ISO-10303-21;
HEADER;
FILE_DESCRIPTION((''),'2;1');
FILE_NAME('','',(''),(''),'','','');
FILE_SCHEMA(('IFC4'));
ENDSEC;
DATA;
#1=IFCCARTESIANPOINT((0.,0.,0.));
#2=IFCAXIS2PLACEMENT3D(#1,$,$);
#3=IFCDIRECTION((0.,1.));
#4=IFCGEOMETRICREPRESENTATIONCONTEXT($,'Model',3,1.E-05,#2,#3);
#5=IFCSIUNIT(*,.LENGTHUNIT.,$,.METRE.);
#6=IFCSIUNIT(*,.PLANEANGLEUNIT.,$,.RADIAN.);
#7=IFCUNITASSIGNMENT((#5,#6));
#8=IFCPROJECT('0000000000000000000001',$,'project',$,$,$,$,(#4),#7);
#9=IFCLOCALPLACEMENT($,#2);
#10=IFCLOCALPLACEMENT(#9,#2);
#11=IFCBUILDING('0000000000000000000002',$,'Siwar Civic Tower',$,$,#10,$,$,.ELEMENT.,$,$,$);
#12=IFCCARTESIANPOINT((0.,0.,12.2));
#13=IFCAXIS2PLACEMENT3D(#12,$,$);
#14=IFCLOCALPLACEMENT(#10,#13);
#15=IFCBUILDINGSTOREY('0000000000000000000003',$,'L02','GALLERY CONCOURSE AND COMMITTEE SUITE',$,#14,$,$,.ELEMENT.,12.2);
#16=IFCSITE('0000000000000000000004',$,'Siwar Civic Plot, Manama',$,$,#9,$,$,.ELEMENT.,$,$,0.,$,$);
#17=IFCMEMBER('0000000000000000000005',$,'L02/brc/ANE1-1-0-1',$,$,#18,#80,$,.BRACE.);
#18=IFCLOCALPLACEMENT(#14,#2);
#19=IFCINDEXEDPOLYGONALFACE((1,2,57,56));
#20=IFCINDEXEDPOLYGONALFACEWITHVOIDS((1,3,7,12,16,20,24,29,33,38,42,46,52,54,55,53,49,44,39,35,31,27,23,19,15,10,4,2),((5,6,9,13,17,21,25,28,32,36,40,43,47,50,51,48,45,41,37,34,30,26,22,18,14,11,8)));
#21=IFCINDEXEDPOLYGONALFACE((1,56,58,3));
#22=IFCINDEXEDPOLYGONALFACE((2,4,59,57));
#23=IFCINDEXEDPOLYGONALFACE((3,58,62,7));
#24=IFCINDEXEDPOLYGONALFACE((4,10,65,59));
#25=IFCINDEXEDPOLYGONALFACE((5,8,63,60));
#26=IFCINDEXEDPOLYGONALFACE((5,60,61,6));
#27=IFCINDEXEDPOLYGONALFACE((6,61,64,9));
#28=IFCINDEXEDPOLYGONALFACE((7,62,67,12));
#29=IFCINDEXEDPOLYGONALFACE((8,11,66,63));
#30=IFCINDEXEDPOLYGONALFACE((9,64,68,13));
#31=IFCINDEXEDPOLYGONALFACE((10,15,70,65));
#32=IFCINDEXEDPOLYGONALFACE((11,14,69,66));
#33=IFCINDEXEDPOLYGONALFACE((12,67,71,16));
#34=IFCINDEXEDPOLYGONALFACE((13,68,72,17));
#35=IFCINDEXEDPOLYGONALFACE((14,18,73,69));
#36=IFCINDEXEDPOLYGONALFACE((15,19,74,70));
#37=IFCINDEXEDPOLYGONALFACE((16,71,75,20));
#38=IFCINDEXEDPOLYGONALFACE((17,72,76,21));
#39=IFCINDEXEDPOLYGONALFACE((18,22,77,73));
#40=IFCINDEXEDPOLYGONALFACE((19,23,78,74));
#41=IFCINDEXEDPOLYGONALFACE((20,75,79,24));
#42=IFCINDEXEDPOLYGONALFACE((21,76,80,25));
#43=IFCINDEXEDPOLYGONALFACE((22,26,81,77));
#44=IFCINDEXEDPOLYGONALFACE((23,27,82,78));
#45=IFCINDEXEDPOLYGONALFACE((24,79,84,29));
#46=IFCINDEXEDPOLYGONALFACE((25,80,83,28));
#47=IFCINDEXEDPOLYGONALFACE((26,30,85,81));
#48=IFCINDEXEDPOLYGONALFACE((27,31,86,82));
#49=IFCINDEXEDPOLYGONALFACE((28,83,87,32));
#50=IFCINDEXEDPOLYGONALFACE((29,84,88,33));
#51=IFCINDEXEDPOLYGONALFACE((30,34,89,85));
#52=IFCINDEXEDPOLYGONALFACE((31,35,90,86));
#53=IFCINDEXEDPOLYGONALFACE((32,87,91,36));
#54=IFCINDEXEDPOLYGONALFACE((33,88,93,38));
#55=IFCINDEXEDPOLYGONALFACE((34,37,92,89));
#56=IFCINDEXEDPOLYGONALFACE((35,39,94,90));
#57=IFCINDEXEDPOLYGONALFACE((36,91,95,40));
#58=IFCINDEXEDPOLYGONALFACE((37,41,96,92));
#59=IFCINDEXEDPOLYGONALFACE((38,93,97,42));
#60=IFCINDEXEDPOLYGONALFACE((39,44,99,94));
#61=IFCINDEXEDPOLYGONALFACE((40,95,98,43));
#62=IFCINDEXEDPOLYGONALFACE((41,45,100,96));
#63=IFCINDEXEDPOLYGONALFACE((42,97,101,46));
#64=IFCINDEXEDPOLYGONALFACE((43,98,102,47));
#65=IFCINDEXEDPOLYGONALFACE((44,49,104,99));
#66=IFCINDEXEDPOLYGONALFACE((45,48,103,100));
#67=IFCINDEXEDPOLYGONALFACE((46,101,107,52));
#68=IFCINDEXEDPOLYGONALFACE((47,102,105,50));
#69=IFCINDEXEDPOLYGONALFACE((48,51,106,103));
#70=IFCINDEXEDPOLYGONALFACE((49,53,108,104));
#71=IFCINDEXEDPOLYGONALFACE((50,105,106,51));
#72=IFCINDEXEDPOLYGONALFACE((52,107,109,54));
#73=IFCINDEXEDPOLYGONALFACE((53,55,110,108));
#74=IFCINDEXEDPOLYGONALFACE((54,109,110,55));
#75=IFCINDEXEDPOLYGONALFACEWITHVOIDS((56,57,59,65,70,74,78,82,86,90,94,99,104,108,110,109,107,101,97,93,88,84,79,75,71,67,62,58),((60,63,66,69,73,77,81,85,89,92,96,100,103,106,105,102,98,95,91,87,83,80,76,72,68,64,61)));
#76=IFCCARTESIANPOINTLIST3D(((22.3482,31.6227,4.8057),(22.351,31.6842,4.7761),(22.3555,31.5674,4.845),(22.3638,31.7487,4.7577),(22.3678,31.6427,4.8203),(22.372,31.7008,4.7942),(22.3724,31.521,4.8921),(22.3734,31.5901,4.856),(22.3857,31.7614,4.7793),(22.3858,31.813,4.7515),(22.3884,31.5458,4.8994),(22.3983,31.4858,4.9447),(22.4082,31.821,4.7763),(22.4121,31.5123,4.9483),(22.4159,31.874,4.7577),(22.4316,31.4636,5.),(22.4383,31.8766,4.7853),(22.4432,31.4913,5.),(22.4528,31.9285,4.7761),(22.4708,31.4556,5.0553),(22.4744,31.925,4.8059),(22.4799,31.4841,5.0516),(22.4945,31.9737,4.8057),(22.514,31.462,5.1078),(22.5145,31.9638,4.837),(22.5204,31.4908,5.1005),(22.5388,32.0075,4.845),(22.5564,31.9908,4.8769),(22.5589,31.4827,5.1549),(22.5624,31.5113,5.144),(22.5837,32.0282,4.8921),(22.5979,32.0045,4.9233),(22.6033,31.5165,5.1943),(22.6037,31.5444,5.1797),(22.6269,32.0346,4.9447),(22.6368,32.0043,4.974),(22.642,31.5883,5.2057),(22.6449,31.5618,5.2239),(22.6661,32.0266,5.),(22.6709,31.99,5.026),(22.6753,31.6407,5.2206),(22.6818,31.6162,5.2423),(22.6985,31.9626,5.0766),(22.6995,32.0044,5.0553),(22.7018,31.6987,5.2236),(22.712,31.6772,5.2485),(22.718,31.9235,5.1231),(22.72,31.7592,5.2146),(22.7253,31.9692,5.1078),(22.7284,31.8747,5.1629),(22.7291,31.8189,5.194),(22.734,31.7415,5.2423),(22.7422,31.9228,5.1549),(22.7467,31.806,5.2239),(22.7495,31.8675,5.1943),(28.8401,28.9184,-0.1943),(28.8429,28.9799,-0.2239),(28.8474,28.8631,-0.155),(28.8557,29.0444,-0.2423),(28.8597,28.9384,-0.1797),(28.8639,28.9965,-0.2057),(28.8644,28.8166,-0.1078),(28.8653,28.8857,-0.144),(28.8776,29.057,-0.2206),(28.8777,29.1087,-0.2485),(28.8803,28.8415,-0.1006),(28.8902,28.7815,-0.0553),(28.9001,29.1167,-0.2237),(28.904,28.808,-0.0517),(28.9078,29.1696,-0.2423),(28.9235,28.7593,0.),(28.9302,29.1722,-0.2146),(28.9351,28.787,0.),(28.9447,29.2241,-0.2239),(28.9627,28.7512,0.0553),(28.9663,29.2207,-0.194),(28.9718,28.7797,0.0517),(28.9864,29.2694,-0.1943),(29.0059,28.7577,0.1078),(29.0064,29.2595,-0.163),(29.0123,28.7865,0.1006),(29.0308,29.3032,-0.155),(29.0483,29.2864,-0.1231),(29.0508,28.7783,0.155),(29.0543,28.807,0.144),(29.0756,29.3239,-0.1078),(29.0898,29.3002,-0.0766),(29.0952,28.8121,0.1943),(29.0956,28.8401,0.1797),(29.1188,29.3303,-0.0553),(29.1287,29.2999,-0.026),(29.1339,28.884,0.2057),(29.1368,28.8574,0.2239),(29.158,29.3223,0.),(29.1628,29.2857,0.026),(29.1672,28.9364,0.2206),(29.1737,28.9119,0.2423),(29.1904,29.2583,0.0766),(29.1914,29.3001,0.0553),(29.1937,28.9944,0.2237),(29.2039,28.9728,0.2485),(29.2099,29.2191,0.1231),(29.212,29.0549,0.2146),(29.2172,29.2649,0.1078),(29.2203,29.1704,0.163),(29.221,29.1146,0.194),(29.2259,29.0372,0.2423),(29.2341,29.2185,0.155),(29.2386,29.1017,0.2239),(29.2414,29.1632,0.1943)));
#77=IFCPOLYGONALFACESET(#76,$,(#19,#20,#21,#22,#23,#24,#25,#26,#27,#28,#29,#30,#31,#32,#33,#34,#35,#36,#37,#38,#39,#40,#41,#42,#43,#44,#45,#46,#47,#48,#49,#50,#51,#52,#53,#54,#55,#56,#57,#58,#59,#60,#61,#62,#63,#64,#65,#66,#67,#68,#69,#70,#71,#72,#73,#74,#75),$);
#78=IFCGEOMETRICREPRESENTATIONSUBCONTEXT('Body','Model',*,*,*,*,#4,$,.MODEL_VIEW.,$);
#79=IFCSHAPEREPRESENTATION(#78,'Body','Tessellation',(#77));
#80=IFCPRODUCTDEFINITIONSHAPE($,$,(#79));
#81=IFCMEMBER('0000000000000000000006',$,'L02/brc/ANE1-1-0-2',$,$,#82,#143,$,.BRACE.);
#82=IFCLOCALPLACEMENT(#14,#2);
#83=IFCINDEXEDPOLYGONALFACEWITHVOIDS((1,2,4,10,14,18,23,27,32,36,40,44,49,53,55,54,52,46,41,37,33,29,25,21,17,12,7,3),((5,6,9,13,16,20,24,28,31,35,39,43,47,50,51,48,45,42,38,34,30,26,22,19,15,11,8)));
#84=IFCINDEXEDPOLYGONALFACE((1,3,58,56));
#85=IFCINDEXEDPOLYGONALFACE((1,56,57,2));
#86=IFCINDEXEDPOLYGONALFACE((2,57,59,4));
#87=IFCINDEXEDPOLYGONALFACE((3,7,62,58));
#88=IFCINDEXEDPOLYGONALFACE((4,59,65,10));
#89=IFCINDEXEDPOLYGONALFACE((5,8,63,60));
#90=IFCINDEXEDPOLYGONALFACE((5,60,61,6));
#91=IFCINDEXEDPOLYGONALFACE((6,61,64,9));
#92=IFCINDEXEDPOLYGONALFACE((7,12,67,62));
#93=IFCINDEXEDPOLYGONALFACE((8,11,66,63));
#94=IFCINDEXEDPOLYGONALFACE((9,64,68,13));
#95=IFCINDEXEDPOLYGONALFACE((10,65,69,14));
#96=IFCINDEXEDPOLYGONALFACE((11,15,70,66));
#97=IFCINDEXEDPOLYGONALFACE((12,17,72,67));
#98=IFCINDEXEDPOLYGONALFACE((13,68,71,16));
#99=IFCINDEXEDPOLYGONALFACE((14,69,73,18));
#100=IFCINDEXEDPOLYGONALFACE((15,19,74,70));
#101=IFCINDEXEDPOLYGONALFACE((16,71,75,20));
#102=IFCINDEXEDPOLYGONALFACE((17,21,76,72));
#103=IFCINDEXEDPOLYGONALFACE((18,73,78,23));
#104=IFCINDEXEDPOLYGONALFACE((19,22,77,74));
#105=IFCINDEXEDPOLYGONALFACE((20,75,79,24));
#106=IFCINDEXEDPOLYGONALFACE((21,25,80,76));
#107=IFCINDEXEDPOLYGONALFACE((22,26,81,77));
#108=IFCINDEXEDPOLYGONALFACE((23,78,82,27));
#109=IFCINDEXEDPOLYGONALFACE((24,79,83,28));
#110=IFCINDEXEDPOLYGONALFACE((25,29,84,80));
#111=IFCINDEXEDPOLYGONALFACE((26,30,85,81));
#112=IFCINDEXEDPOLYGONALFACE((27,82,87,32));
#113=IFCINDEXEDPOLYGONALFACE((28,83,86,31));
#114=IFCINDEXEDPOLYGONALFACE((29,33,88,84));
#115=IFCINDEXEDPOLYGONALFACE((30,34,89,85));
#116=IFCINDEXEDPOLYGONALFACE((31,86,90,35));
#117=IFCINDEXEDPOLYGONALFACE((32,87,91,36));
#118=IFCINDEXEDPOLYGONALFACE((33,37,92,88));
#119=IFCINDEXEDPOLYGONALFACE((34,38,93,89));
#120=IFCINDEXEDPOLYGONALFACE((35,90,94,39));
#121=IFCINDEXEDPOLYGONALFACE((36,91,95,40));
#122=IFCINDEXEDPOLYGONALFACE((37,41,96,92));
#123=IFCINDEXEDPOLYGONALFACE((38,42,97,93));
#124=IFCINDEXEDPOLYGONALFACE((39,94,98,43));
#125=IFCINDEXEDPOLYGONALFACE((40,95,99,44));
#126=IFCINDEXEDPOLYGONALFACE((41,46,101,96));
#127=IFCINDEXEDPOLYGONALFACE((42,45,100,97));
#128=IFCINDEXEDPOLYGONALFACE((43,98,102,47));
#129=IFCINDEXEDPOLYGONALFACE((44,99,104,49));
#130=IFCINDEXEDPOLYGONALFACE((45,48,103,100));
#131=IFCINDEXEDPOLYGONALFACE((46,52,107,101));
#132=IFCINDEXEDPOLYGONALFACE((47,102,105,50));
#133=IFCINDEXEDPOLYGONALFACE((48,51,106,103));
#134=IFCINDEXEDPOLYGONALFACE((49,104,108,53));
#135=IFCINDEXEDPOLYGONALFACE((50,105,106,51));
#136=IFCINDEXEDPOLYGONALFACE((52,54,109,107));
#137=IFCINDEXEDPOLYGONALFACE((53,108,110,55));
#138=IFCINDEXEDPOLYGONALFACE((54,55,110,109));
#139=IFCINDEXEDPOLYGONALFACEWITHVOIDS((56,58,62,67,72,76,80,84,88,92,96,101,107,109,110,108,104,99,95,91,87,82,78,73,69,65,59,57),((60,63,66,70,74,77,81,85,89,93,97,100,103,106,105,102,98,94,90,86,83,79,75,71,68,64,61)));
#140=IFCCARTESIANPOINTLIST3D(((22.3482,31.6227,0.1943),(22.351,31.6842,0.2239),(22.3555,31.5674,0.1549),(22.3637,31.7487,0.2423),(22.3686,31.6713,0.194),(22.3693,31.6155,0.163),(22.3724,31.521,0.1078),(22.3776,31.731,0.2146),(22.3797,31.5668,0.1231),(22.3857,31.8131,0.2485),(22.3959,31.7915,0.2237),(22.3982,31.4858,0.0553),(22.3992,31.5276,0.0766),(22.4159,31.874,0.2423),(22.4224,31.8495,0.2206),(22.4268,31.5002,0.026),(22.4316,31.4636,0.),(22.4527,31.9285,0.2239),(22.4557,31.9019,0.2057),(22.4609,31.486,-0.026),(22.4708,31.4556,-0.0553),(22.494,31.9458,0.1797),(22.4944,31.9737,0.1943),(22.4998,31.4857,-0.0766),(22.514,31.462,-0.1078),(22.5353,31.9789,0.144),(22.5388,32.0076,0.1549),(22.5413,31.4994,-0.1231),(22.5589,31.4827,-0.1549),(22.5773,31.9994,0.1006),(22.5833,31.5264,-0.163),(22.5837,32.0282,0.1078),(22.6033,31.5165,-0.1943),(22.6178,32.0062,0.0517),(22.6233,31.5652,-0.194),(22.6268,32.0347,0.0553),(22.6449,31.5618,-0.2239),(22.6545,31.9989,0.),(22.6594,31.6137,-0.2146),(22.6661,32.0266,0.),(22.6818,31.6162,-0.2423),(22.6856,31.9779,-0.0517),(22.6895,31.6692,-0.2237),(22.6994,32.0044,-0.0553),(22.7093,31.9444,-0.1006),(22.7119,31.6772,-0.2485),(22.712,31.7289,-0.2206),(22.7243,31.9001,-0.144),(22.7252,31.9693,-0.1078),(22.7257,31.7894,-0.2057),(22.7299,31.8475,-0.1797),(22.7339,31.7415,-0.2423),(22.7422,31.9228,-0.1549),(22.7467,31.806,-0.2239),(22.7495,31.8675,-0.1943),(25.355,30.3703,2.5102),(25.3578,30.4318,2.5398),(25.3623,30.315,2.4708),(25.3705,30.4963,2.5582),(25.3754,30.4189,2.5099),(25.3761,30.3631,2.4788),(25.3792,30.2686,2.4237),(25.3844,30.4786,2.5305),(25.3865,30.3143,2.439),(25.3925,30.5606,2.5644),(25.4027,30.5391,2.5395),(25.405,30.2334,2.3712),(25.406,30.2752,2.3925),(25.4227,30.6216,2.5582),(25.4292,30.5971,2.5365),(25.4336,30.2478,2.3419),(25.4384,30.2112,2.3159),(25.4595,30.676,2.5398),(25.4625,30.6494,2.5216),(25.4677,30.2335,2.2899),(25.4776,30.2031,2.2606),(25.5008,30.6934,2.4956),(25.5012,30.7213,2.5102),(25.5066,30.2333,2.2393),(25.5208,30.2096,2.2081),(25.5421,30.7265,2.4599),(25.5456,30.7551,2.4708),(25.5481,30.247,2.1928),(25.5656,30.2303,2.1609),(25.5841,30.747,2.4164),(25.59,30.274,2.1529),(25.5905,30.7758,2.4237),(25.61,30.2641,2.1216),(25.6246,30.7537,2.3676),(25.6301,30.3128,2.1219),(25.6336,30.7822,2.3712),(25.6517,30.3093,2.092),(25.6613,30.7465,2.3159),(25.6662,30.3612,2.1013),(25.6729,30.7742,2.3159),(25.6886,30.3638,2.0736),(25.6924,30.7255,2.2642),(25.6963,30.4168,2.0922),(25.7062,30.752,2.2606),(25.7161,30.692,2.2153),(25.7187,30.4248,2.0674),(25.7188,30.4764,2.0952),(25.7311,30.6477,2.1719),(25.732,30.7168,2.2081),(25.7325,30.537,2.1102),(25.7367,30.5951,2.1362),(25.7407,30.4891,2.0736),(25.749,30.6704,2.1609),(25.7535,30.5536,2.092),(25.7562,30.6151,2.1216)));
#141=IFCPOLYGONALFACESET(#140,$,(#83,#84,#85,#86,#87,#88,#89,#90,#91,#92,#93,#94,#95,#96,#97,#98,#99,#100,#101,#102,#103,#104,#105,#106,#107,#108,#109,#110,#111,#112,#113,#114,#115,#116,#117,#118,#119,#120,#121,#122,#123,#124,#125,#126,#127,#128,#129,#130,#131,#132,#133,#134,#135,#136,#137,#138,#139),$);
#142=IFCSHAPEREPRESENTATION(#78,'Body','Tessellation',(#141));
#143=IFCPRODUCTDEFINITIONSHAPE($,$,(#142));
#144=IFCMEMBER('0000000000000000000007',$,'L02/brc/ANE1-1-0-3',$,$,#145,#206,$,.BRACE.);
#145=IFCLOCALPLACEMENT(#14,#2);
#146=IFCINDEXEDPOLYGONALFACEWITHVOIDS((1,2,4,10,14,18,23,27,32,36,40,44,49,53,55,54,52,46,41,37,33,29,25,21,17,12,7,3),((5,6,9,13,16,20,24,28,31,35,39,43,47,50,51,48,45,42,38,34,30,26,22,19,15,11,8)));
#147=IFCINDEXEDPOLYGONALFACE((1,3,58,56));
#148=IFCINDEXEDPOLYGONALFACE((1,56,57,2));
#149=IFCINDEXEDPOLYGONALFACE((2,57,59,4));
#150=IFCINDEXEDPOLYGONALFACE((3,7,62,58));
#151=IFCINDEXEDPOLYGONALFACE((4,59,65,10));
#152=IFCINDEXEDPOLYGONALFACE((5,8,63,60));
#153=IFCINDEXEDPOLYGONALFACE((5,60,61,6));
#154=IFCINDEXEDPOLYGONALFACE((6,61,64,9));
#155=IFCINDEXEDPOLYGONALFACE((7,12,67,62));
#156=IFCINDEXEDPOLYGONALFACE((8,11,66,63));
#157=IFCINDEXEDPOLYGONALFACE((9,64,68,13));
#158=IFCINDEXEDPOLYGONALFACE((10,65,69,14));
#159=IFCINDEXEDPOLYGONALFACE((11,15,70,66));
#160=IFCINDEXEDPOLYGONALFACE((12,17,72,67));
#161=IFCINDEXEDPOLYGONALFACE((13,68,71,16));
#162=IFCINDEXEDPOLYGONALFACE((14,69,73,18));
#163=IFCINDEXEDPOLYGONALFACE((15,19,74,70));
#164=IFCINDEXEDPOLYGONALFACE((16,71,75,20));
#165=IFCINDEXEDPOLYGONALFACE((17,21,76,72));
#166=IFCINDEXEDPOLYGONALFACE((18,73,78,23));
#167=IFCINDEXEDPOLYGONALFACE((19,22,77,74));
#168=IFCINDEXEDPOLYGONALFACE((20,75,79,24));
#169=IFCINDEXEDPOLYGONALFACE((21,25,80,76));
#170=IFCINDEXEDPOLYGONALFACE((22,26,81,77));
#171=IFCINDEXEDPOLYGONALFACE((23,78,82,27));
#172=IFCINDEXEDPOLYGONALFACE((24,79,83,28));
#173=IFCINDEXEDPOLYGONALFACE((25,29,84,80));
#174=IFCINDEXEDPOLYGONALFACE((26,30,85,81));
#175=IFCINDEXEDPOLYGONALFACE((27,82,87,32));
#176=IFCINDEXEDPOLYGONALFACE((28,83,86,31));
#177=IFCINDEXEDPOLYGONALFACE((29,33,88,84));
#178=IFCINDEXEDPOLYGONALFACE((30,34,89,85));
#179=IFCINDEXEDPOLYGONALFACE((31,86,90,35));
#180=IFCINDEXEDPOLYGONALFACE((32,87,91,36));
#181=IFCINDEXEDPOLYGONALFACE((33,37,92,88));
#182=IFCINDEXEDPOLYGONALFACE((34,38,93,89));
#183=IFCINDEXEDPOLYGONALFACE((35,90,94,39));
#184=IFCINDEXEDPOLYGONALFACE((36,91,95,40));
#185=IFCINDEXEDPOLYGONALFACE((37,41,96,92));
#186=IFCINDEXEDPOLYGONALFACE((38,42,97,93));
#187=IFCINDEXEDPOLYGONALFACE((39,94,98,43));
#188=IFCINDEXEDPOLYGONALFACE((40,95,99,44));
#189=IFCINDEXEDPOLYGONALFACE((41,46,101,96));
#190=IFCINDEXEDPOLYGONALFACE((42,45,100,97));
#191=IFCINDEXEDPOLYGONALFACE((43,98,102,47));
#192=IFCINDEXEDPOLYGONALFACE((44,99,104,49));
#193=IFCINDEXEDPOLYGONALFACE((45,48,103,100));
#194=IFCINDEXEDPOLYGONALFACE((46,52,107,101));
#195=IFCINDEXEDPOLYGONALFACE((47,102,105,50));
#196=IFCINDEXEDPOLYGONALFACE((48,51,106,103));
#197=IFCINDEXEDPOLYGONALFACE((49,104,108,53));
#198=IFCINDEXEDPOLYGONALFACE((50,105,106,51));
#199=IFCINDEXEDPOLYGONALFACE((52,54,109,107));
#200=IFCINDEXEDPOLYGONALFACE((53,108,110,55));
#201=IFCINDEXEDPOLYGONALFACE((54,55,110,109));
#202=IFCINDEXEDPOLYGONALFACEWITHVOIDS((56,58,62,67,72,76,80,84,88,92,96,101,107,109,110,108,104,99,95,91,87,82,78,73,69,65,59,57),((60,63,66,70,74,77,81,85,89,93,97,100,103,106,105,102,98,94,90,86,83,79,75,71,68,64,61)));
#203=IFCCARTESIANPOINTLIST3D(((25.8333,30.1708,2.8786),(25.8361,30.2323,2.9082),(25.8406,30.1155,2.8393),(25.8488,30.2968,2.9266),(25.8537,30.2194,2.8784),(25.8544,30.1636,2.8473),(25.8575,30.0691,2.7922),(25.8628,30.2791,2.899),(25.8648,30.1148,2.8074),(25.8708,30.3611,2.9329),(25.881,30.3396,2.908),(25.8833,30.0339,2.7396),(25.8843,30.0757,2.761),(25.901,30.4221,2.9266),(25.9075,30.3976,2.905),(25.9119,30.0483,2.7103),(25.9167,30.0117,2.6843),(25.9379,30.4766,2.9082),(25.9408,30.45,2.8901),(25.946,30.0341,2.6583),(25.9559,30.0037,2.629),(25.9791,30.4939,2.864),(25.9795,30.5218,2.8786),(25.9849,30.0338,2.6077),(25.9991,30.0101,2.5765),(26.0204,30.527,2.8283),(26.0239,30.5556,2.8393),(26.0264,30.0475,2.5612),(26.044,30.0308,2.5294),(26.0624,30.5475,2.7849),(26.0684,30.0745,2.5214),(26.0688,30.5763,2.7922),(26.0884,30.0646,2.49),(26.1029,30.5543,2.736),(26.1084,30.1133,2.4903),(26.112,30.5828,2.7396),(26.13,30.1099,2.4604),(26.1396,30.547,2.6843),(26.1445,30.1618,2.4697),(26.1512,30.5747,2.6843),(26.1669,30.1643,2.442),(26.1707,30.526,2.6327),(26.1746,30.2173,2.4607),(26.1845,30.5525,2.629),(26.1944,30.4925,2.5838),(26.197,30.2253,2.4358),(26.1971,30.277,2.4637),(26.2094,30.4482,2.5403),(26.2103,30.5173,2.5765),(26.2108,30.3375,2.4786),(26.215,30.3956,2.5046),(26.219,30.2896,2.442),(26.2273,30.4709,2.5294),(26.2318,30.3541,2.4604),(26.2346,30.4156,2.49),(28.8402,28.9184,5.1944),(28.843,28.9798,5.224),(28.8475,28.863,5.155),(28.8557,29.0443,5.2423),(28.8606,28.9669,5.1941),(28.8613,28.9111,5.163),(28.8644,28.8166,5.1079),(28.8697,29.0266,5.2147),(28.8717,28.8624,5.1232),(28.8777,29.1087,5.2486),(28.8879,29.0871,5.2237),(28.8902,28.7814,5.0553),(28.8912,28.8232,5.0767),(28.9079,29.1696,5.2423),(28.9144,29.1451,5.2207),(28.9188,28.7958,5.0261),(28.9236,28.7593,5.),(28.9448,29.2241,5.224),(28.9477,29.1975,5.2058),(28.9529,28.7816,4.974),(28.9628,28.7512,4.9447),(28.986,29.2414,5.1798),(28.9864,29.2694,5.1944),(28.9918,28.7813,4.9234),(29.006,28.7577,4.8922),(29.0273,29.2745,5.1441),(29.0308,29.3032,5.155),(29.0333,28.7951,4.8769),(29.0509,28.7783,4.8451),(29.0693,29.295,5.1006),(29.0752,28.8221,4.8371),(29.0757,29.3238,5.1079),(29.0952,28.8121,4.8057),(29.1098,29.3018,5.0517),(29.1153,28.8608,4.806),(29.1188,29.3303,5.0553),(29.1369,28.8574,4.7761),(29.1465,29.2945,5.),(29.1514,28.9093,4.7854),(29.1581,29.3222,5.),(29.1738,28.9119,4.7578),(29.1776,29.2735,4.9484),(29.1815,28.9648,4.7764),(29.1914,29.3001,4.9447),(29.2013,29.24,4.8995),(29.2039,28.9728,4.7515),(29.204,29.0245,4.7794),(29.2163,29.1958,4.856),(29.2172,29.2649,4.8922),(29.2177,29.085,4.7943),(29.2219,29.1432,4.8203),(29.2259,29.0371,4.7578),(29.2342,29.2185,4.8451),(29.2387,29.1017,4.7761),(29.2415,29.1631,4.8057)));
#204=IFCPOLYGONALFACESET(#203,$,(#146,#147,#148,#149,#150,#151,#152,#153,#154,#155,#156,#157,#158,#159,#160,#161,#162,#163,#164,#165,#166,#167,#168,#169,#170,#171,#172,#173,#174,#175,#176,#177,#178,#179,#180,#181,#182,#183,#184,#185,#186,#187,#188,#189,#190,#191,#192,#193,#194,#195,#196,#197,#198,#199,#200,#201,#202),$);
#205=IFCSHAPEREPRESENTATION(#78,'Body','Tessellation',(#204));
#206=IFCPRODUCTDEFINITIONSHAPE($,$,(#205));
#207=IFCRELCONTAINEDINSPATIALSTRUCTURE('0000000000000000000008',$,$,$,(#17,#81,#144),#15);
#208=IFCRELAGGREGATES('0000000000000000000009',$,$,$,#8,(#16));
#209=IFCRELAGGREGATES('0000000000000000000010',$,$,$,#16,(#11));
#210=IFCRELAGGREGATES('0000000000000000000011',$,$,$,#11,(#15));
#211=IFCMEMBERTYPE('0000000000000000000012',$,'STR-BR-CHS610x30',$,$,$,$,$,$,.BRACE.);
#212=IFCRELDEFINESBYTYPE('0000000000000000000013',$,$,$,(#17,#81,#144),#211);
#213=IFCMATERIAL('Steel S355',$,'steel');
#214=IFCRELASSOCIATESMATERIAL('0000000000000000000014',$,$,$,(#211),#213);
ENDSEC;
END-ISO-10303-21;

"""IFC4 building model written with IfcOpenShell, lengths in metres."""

from ifc_helpers import new_model, si_unit, direction, frame, origin, origin_2d, place, context, subcontext, project, spatial, hollow_circle, extrude, material, material_profile, profile_set, type_object, element, save


model = new_model("IFC4")

# Units and contexts
model_context = context("Model", 3, precision=1e-05, world=origin(), true_north=direction((0.0, 1.0)))
body_context = subcontext(model_context, "Body", "Model", "MODEL_VIEW")
ifc_project = project(units=[si_unit("LENGTHUNIT", "METRE"), si_unit("PLANEANGLEUNIT", "RADIAN")], contexts=[model_context])

# Site, building, storey
site_placement = place(None, origin())
site = spatial("IfcSite", under=ifc_project, at=site_placement, Name="Siwar Civic Plot, Manama", CompositionType="ELEMENT", RefElevation=0.0)
building_placement = place(site_placement, origin())
building = spatial("IfcBuilding", under=site, at=building_placement, Name="Siwar Civic Tower", CompositionType="ELEMENT")
storey_placement = place(building_placement, frame((0.0, 0.0, 12.2)))
storey = spatial("IfcBuildingStorey", under=building, at=storey_placement, Name="L02", Description="GALLERY CONCOURSE AND COMMITTEE SUITE", CompositionType="ELEMENT", Elevation=12.2)

# Members
ifc_material_1 = material(Name="Steel S355", Category="steel")
ifc_material_profile_1 = material_profile(ifc_material_1, hollow_circle(Radius=0.3049, WallThickness=0.03, at=origin_2d()), Name="CHS610x30")
ifc_profile_set_1 = profile_set([ifc_material_profile_1], Name="Steel S355")
member_type_1 = type_object("IfcMemberType", Name="STR-BR-CHS610x30", PredefinedType="BRACE", material=ifc_profile_set_1)
member_1_placement = place(storey_placement, frame((29.0408, 29.0408, 0.0), z_axis=(-0.752344, 0.313404, 0.579445), x_axis=(-0.384539, -0.923109, 0.0)))
element("IfcMember", 1, at=member_1_placement, inside=storey, type_object=member_type_1, Name="L02/brc/ANE1-1-0-1", PredefinedType="BRACE", context=body_context, shape_type="SweptSolid", body=[
    extrude(hollow_circle(Radius=0.3049, WallThickness=0.03, at=origin_2d()), origin(), (0.0, 0.0, 1.0), 8.6289),
])
for number, where, z_axis, x_axis, name in (
    (2, (22.5488, 31.7451, 0.0), (0.752341, -0.313373, 0.579466), (0.384509, 0.923121, 0.0), "L02/brc/ANE1-1-0-2"),
    (3, (26.0339, 30.2932, 2.6843), (0.752367, -0.313385, 0.579425), (0.384509, 0.923121, 0.0), "L02/brc/ANE1-1-0-3"),
):
    element("IfcMember", number, at=place(storey_placement, frame(where, z_axis=z_axis, x_axis=x_axis)), inside=storey, type_object=member_type_1, Name=name, PredefinedType="BRACE", context=body_context, shape_type="SweptSolid", body=[
        extrude(hollow_circle(Radius=0.3049, WallThickness=0.03, at=origin_2d()), origin(), (0.0, 0.0, 1.0), 3.9966),
    ])

save(model, "model.ifc")
